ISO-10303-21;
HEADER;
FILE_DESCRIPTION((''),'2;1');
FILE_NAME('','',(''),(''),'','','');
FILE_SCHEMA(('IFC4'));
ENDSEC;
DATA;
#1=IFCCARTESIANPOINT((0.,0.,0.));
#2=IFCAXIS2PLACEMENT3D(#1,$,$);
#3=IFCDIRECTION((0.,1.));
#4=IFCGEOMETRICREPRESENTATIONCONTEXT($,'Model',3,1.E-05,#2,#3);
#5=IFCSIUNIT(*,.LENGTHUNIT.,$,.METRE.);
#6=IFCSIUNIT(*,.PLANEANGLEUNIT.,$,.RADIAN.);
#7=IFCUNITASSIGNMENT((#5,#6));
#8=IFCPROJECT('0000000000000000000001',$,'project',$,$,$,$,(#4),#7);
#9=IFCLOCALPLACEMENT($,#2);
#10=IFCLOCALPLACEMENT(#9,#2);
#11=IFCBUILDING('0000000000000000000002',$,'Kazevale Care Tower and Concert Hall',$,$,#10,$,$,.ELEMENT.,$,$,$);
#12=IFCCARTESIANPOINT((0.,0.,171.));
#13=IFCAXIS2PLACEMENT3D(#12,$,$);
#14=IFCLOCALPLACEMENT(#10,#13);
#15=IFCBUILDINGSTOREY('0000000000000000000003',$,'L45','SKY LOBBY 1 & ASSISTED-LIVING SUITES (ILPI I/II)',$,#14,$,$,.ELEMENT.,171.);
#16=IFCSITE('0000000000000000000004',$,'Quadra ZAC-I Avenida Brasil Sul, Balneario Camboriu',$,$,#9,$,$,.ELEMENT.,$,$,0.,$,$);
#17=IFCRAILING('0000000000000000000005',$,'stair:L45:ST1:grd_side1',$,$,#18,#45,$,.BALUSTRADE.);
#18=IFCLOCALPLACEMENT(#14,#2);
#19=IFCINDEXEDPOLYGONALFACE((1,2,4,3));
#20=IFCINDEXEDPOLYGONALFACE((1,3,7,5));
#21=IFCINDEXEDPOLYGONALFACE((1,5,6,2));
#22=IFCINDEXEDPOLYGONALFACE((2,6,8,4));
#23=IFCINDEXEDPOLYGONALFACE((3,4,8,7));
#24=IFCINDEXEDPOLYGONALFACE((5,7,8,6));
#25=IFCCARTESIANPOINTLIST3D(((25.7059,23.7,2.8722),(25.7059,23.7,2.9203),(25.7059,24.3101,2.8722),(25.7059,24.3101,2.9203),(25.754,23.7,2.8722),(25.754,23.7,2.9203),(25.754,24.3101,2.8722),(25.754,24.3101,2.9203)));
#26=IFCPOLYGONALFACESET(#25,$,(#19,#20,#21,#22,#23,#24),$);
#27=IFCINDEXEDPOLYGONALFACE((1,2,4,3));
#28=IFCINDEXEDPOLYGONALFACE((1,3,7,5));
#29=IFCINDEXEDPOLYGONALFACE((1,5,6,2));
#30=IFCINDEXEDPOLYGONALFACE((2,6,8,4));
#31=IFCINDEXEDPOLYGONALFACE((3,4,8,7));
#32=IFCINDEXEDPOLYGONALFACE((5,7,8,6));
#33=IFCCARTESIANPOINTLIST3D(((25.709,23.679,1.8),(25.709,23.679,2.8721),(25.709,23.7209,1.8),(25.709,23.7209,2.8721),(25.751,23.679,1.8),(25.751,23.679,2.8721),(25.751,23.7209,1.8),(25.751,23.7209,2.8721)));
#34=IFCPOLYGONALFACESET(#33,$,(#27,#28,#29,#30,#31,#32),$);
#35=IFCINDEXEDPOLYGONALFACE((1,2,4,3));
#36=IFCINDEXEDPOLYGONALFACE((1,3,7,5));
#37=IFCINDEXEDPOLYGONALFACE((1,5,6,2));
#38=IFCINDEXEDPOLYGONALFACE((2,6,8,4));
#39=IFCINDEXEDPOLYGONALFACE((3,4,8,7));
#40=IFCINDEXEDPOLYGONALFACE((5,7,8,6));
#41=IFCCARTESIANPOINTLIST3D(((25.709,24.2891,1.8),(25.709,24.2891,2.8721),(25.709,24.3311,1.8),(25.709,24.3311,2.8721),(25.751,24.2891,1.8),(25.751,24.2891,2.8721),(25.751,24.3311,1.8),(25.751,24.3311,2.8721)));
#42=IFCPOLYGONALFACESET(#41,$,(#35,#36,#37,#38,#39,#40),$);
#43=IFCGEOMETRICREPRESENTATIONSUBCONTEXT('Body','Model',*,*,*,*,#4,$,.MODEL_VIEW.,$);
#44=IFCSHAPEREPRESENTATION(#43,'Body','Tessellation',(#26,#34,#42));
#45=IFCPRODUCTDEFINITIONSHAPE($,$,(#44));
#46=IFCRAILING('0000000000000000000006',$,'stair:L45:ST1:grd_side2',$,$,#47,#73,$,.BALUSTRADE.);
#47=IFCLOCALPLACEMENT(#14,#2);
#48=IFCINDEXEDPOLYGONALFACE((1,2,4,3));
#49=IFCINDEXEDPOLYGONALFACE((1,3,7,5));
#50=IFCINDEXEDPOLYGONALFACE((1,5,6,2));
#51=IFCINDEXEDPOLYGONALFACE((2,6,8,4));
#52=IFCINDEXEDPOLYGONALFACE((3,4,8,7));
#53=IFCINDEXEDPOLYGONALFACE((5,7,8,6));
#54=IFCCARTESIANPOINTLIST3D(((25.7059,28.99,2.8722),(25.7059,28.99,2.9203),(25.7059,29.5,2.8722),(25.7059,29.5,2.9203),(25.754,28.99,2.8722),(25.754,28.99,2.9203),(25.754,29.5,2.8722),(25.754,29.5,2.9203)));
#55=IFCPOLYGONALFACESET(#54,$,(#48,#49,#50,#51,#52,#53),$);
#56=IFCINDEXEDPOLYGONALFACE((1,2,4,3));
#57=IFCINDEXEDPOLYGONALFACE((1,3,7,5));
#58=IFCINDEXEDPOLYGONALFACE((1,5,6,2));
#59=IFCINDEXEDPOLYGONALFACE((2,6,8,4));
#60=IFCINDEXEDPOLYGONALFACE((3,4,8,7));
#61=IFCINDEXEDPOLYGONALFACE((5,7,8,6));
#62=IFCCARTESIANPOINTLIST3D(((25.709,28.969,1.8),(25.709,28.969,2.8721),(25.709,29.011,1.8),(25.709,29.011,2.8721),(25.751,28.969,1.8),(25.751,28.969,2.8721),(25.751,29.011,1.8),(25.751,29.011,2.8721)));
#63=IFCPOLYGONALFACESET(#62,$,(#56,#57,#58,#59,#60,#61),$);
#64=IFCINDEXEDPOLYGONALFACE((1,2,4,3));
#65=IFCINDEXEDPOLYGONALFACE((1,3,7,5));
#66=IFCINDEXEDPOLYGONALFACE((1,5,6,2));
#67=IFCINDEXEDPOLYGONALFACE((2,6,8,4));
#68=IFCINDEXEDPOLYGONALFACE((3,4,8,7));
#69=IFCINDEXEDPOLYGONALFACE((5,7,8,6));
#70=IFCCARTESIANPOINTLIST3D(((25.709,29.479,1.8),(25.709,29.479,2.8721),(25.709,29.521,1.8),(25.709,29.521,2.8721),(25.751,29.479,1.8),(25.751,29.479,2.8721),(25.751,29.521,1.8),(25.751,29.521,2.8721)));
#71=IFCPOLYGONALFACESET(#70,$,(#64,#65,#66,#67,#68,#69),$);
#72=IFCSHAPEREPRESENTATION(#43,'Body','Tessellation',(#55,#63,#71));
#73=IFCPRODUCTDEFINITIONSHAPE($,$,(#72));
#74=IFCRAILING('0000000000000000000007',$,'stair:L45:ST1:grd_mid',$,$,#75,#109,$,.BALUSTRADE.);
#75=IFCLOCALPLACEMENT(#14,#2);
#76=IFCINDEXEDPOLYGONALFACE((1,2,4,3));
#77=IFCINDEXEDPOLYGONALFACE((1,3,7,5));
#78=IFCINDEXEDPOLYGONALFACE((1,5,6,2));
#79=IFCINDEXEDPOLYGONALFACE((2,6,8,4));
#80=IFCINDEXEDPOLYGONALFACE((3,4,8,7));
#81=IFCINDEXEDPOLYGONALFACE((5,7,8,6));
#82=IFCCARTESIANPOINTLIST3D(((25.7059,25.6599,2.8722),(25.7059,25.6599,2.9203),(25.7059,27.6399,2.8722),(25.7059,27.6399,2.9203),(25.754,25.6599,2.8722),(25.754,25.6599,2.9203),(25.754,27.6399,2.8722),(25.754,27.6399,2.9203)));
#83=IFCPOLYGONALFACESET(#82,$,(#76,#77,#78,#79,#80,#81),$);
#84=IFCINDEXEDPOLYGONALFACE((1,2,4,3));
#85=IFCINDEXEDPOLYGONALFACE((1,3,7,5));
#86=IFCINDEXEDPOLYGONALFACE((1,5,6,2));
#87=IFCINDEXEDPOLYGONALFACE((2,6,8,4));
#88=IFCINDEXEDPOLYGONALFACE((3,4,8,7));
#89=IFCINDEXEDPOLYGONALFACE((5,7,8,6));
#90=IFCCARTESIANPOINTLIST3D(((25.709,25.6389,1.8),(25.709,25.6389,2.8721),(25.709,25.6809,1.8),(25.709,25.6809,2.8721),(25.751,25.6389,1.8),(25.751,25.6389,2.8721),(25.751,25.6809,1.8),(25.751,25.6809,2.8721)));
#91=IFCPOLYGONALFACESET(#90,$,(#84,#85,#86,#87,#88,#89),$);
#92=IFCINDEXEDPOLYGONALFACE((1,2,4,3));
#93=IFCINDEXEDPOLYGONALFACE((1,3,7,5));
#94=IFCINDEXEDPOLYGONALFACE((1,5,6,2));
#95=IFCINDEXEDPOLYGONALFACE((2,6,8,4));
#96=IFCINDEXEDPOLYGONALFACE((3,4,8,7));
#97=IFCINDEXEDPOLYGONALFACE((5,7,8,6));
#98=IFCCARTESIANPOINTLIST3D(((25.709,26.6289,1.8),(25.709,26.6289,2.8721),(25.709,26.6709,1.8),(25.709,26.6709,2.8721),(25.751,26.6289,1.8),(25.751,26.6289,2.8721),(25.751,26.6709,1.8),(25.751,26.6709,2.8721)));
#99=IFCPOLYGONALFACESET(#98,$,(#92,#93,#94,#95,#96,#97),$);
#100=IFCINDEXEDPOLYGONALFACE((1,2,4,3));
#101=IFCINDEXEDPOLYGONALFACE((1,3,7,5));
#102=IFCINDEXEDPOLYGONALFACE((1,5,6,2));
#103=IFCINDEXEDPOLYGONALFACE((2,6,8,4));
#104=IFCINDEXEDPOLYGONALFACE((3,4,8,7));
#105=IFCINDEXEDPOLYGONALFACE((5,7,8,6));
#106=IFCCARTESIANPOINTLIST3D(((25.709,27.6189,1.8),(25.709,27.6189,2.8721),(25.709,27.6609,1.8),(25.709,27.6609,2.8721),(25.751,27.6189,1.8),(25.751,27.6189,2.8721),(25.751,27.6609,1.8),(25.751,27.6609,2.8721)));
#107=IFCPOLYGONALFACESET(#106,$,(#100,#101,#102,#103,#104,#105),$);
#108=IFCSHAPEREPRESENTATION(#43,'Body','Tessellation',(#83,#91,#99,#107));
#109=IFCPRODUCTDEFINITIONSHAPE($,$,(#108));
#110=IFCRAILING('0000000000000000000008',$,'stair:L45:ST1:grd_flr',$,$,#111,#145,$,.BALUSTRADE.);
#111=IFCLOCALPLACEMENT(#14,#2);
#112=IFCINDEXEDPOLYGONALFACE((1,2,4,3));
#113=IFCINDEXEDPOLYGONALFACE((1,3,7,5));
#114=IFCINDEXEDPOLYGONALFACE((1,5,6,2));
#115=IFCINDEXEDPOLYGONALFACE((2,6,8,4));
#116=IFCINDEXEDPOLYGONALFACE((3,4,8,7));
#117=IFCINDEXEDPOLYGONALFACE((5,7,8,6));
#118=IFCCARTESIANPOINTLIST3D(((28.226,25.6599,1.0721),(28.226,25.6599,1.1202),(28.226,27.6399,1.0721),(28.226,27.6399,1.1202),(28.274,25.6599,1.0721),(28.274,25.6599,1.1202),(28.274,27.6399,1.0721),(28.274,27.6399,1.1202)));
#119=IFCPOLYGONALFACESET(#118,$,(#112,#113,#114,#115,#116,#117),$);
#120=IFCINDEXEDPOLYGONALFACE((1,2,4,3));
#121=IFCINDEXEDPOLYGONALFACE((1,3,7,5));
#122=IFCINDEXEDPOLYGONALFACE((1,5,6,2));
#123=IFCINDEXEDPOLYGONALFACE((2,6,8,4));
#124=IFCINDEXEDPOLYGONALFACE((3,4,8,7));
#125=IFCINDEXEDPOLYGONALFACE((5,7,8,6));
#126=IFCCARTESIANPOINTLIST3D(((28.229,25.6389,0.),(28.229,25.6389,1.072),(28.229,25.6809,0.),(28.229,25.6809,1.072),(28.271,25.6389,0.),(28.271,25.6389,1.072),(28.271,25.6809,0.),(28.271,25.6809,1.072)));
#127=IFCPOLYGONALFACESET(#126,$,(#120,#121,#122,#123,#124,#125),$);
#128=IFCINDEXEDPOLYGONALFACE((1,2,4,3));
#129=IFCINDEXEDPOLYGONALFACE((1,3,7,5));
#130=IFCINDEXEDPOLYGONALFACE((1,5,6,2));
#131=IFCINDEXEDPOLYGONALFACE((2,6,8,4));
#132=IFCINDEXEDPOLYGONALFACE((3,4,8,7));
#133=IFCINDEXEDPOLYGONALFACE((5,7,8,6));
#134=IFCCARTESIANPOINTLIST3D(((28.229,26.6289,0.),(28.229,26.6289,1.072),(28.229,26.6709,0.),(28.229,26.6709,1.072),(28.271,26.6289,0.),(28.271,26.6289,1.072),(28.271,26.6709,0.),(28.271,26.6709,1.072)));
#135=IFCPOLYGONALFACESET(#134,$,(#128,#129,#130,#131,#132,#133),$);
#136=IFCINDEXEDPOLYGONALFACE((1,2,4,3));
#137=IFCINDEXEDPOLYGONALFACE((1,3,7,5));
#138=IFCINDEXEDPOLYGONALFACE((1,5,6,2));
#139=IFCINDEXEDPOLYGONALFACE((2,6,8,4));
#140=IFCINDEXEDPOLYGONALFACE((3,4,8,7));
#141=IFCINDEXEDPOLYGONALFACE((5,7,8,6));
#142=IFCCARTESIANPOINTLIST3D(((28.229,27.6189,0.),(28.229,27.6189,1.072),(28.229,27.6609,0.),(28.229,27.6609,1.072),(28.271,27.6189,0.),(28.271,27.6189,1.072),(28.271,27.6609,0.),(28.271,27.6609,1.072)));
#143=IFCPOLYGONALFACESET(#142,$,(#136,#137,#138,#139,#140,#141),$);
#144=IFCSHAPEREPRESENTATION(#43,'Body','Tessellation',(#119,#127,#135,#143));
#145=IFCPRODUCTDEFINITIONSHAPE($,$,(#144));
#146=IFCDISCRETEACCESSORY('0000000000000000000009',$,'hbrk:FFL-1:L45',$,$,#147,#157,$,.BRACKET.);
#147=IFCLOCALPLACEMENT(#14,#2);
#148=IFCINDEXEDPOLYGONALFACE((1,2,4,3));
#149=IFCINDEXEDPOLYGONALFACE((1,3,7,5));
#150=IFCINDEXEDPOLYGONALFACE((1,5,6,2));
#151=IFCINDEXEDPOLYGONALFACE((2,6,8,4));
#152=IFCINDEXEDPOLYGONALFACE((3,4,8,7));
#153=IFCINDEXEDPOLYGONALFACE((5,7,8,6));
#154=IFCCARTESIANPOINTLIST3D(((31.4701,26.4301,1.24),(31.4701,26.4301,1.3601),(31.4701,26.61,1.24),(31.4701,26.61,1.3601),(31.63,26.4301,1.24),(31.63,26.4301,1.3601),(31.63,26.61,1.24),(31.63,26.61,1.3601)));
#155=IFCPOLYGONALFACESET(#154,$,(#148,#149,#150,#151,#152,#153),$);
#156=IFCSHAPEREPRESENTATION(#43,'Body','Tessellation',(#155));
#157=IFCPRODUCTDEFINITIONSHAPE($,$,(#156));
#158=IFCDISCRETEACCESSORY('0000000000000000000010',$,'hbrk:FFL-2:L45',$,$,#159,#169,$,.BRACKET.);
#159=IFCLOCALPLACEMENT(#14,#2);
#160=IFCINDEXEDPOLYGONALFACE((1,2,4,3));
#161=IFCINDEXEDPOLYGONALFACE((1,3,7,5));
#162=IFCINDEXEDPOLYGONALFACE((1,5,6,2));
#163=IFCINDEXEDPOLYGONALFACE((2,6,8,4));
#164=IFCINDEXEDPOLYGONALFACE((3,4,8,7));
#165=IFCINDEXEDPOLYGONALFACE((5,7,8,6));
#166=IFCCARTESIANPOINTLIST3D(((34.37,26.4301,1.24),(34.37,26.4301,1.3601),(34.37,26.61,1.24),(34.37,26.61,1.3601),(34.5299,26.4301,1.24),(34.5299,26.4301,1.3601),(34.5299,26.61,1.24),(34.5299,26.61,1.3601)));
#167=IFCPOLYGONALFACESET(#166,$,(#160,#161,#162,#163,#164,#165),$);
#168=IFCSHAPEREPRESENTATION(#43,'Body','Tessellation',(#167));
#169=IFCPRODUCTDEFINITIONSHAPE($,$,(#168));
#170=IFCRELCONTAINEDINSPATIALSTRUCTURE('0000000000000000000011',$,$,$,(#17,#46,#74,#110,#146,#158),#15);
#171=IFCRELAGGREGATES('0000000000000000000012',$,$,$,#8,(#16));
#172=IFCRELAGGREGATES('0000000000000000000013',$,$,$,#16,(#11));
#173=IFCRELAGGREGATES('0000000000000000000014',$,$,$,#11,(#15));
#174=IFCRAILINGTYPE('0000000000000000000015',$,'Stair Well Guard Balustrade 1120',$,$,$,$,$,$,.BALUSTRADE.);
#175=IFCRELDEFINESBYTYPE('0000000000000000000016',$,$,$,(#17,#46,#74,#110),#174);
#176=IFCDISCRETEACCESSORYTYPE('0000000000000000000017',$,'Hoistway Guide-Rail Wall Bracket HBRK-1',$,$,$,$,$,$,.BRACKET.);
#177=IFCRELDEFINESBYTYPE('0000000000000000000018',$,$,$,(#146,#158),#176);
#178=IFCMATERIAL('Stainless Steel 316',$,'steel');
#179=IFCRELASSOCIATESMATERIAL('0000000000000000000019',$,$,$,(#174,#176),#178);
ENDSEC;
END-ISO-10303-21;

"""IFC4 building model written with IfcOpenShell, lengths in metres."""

from ifc_helpers import new_model, si_unit, direction, frame, origin, origin_2d, place, context, subcontext, project, spatial, rectangle, extrude, material, type_object, element, save


model = new_model("IFC4")

# Units and contexts
model_context = context("Model", 3, precision=1e-05, world=origin(), true_north=direction((0.0, 1.0)))
body_context = subcontext(model_context, "Body", "Model", "MODEL_VIEW")
ifc_project = project(units=[si_unit("LENGTHUNIT", "METRE"), si_unit("PLANEANGLEUNIT", "RADIAN")], contexts=[model_context])

# Site, building, storey
site_placement = place(None, origin())
site = spatial("IfcSite", under=ifc_project, at=site_placement, Name="Quadra ZAC-I Avenida Brasil Sul, Balneario Camboriu", CompositionType="ELEMENT", RefElevation=0.0)
building_placement = place(site_placement, origin())
building = spatial("IfcBuilding", under=site, at=building_placement, Name="Kazevale Care Tower and Concert Hall", CompositionType="ELEMENT")
storey_placement = place(building_placement, frame((0.0, 0.0, 171.0)))
storey = spatial("IfcBuildingStorey", under=building, at=storey_placement, Name="L45", Description="SKY LOBBY 1 & ASSISTED-LIVING SUITES (ILPI I/II)", CompositionType="ELEMENT", Elevation=171.0)

# Shared definitions
ifc_material_1 = material(Name="Stainless Steel 316", Category="steel")

# Railings
railing_type_1 = type_object("IfcRailingType", Name="Stair Well Guard Balustrade 1120", PredefinedType="BALUSTRADE", material=ifc_material_1)
railing_1_placement = place(storey_placement, frame((25.73, 23.7, 1.8)))
element("IfcRailing", 1, at=railing_1_placement, inside=storey, type_object=railing_type_1, Name="stair:L45:ST1:grd_side1", PredefinedType="BALUSTRADE", context=body_context, shape_type="SweptSolid", body=[
    extrude(rectangle(XDim=0.0481, YDim=0.0481, at=origin_2d()), frame((0.0, 0.0, 1.0962), z_axis=(0.0, 1.0, 0.0), x_axis=(-1.0, 0.0, 0.0)), (0.0, 0.0, 1.0), 0.6101),
    extrude(rectangle(XDim=0.042, YDim=0.042, at=origin_2d()), origin(), (0.0, 0.0, 1.0), 1.072),
    extrude(rectangle(XDim=0.042, YDim=0.042, at=origin_2d()), frame((0.0, 0.6101, 0.0)), (0.0, 0.0, 1.0), 1.072),
])
railing_2_placement = place(storey_placement, frame((25.73, 28.99, 1.8)))
element("IfcRailing", 2, at=railing_2_placement, inside=storey, type_object=railing_type_1, Name="stair:L45:ST1:grd_side2", PredefinedType="BALUSTRADE", context=body_context, shape_type="SweptSolid", body=[
    extrude(rectangle(XDim=0.0481, YDim=0.0481, at=origin_2d()), frame((0.0, 0.0, 1.0962), z_axis=(0.0, 1.0, 0.0), x_axis=(-1.0, 0.0, 0.0)), (0.0, 0.0, 1.0), 0.51),
    extrude(rectangle(XDim=0.042, YDim=0.042, at=origin_2d()), origin(), (0.0, 0.0, 1.0), 1.072),
    extrude(rectangle(XDim=0.042, YDim=0.042, at=origin_2d()), frame((0.0, 0.51, 0.0)), (0.0, 0.0, 1.0), 1.072),
])
for number, where, name in (
    (3, (25.73, 25.6599, 1.8), "stair:L45:ST1:grd_mid"),
    (4, (28.25, 25.6599, 0.0), "stair:L45:ST1:grd_flr"),
):
    element("IfcRailing", number, at=place(storey_placement, frame(where)), inside=storey, type_object=railing_type_1, Name=name, PredefinedType="BALUSTRADE", context=body_context, shape_type="SweptSolid", body=[
        extrude(rectangle(XDim=0.0481, YDim=0.0481, at=origin_2d()), frame((0.0, 0.0, 1.0962), z_axis=(0.0, 1.0, 0.0), x_axis=(-1.0, 0.0, 0.0)), (0.0, 0.0, 1.0), 1.98),
        extrude(rectangle(XDim=0.042, YDim=0.042, at=origin_2d()), origin(), (0.0, 0.0, 1.0), 1.072),
        extrude(rectangle(XDim=0.042, YDim=0.042, at=origin_2d()), frame((0.0, 0.99, 0.0)), (0.0, 0.0, 1.0), 1.072),
        extrude(rectangle(XDim=0.042, YDim=0.042, at=origin_2d()), frame((0.0, 1.98, 0.0)), (0.0, 0.0, 1.0), 1.072),
    ])

# Discrete accessories
discrete_accessory_type = type_object("IfcDiscreteAccessoryType", Name="Hoistway Guide-Rail Wall Bracket HBRK-1", PredefinedType="BRACKET", material=ifc_material_1)
for number, where, z_axis, x_axis, name in (
    (5, (31.55, 26.52, 1.24), (0.0, 0.0, 1.0), (1.0, 0.0, 0.0), "hbrk:FFL-1:L45"),
    (6, (34.45, 26.52, 1.24), (0.0, 0.0, 1.0), (1.0, 0.0, 0.0), "hbrk:FFL-2:L45"),
):
    element("IfcDiscreteAccessory", number, at=place(storey_placement, frame(where, z_axis=z_axis, x_axis=x_axis)), inside=storey, type_object=discrete_accessory_type, Name=name, PredefinedType="BRACKET", context=body_context, shape_type="SweptSolid", body=[
        extrude(rectangle(XDim=0.1599, YDim=0.1799, at=origin_2d()), origin(), (0.0, 0.0, 1.0), 0.1201),
    ])

save(model, "model.ifc")
